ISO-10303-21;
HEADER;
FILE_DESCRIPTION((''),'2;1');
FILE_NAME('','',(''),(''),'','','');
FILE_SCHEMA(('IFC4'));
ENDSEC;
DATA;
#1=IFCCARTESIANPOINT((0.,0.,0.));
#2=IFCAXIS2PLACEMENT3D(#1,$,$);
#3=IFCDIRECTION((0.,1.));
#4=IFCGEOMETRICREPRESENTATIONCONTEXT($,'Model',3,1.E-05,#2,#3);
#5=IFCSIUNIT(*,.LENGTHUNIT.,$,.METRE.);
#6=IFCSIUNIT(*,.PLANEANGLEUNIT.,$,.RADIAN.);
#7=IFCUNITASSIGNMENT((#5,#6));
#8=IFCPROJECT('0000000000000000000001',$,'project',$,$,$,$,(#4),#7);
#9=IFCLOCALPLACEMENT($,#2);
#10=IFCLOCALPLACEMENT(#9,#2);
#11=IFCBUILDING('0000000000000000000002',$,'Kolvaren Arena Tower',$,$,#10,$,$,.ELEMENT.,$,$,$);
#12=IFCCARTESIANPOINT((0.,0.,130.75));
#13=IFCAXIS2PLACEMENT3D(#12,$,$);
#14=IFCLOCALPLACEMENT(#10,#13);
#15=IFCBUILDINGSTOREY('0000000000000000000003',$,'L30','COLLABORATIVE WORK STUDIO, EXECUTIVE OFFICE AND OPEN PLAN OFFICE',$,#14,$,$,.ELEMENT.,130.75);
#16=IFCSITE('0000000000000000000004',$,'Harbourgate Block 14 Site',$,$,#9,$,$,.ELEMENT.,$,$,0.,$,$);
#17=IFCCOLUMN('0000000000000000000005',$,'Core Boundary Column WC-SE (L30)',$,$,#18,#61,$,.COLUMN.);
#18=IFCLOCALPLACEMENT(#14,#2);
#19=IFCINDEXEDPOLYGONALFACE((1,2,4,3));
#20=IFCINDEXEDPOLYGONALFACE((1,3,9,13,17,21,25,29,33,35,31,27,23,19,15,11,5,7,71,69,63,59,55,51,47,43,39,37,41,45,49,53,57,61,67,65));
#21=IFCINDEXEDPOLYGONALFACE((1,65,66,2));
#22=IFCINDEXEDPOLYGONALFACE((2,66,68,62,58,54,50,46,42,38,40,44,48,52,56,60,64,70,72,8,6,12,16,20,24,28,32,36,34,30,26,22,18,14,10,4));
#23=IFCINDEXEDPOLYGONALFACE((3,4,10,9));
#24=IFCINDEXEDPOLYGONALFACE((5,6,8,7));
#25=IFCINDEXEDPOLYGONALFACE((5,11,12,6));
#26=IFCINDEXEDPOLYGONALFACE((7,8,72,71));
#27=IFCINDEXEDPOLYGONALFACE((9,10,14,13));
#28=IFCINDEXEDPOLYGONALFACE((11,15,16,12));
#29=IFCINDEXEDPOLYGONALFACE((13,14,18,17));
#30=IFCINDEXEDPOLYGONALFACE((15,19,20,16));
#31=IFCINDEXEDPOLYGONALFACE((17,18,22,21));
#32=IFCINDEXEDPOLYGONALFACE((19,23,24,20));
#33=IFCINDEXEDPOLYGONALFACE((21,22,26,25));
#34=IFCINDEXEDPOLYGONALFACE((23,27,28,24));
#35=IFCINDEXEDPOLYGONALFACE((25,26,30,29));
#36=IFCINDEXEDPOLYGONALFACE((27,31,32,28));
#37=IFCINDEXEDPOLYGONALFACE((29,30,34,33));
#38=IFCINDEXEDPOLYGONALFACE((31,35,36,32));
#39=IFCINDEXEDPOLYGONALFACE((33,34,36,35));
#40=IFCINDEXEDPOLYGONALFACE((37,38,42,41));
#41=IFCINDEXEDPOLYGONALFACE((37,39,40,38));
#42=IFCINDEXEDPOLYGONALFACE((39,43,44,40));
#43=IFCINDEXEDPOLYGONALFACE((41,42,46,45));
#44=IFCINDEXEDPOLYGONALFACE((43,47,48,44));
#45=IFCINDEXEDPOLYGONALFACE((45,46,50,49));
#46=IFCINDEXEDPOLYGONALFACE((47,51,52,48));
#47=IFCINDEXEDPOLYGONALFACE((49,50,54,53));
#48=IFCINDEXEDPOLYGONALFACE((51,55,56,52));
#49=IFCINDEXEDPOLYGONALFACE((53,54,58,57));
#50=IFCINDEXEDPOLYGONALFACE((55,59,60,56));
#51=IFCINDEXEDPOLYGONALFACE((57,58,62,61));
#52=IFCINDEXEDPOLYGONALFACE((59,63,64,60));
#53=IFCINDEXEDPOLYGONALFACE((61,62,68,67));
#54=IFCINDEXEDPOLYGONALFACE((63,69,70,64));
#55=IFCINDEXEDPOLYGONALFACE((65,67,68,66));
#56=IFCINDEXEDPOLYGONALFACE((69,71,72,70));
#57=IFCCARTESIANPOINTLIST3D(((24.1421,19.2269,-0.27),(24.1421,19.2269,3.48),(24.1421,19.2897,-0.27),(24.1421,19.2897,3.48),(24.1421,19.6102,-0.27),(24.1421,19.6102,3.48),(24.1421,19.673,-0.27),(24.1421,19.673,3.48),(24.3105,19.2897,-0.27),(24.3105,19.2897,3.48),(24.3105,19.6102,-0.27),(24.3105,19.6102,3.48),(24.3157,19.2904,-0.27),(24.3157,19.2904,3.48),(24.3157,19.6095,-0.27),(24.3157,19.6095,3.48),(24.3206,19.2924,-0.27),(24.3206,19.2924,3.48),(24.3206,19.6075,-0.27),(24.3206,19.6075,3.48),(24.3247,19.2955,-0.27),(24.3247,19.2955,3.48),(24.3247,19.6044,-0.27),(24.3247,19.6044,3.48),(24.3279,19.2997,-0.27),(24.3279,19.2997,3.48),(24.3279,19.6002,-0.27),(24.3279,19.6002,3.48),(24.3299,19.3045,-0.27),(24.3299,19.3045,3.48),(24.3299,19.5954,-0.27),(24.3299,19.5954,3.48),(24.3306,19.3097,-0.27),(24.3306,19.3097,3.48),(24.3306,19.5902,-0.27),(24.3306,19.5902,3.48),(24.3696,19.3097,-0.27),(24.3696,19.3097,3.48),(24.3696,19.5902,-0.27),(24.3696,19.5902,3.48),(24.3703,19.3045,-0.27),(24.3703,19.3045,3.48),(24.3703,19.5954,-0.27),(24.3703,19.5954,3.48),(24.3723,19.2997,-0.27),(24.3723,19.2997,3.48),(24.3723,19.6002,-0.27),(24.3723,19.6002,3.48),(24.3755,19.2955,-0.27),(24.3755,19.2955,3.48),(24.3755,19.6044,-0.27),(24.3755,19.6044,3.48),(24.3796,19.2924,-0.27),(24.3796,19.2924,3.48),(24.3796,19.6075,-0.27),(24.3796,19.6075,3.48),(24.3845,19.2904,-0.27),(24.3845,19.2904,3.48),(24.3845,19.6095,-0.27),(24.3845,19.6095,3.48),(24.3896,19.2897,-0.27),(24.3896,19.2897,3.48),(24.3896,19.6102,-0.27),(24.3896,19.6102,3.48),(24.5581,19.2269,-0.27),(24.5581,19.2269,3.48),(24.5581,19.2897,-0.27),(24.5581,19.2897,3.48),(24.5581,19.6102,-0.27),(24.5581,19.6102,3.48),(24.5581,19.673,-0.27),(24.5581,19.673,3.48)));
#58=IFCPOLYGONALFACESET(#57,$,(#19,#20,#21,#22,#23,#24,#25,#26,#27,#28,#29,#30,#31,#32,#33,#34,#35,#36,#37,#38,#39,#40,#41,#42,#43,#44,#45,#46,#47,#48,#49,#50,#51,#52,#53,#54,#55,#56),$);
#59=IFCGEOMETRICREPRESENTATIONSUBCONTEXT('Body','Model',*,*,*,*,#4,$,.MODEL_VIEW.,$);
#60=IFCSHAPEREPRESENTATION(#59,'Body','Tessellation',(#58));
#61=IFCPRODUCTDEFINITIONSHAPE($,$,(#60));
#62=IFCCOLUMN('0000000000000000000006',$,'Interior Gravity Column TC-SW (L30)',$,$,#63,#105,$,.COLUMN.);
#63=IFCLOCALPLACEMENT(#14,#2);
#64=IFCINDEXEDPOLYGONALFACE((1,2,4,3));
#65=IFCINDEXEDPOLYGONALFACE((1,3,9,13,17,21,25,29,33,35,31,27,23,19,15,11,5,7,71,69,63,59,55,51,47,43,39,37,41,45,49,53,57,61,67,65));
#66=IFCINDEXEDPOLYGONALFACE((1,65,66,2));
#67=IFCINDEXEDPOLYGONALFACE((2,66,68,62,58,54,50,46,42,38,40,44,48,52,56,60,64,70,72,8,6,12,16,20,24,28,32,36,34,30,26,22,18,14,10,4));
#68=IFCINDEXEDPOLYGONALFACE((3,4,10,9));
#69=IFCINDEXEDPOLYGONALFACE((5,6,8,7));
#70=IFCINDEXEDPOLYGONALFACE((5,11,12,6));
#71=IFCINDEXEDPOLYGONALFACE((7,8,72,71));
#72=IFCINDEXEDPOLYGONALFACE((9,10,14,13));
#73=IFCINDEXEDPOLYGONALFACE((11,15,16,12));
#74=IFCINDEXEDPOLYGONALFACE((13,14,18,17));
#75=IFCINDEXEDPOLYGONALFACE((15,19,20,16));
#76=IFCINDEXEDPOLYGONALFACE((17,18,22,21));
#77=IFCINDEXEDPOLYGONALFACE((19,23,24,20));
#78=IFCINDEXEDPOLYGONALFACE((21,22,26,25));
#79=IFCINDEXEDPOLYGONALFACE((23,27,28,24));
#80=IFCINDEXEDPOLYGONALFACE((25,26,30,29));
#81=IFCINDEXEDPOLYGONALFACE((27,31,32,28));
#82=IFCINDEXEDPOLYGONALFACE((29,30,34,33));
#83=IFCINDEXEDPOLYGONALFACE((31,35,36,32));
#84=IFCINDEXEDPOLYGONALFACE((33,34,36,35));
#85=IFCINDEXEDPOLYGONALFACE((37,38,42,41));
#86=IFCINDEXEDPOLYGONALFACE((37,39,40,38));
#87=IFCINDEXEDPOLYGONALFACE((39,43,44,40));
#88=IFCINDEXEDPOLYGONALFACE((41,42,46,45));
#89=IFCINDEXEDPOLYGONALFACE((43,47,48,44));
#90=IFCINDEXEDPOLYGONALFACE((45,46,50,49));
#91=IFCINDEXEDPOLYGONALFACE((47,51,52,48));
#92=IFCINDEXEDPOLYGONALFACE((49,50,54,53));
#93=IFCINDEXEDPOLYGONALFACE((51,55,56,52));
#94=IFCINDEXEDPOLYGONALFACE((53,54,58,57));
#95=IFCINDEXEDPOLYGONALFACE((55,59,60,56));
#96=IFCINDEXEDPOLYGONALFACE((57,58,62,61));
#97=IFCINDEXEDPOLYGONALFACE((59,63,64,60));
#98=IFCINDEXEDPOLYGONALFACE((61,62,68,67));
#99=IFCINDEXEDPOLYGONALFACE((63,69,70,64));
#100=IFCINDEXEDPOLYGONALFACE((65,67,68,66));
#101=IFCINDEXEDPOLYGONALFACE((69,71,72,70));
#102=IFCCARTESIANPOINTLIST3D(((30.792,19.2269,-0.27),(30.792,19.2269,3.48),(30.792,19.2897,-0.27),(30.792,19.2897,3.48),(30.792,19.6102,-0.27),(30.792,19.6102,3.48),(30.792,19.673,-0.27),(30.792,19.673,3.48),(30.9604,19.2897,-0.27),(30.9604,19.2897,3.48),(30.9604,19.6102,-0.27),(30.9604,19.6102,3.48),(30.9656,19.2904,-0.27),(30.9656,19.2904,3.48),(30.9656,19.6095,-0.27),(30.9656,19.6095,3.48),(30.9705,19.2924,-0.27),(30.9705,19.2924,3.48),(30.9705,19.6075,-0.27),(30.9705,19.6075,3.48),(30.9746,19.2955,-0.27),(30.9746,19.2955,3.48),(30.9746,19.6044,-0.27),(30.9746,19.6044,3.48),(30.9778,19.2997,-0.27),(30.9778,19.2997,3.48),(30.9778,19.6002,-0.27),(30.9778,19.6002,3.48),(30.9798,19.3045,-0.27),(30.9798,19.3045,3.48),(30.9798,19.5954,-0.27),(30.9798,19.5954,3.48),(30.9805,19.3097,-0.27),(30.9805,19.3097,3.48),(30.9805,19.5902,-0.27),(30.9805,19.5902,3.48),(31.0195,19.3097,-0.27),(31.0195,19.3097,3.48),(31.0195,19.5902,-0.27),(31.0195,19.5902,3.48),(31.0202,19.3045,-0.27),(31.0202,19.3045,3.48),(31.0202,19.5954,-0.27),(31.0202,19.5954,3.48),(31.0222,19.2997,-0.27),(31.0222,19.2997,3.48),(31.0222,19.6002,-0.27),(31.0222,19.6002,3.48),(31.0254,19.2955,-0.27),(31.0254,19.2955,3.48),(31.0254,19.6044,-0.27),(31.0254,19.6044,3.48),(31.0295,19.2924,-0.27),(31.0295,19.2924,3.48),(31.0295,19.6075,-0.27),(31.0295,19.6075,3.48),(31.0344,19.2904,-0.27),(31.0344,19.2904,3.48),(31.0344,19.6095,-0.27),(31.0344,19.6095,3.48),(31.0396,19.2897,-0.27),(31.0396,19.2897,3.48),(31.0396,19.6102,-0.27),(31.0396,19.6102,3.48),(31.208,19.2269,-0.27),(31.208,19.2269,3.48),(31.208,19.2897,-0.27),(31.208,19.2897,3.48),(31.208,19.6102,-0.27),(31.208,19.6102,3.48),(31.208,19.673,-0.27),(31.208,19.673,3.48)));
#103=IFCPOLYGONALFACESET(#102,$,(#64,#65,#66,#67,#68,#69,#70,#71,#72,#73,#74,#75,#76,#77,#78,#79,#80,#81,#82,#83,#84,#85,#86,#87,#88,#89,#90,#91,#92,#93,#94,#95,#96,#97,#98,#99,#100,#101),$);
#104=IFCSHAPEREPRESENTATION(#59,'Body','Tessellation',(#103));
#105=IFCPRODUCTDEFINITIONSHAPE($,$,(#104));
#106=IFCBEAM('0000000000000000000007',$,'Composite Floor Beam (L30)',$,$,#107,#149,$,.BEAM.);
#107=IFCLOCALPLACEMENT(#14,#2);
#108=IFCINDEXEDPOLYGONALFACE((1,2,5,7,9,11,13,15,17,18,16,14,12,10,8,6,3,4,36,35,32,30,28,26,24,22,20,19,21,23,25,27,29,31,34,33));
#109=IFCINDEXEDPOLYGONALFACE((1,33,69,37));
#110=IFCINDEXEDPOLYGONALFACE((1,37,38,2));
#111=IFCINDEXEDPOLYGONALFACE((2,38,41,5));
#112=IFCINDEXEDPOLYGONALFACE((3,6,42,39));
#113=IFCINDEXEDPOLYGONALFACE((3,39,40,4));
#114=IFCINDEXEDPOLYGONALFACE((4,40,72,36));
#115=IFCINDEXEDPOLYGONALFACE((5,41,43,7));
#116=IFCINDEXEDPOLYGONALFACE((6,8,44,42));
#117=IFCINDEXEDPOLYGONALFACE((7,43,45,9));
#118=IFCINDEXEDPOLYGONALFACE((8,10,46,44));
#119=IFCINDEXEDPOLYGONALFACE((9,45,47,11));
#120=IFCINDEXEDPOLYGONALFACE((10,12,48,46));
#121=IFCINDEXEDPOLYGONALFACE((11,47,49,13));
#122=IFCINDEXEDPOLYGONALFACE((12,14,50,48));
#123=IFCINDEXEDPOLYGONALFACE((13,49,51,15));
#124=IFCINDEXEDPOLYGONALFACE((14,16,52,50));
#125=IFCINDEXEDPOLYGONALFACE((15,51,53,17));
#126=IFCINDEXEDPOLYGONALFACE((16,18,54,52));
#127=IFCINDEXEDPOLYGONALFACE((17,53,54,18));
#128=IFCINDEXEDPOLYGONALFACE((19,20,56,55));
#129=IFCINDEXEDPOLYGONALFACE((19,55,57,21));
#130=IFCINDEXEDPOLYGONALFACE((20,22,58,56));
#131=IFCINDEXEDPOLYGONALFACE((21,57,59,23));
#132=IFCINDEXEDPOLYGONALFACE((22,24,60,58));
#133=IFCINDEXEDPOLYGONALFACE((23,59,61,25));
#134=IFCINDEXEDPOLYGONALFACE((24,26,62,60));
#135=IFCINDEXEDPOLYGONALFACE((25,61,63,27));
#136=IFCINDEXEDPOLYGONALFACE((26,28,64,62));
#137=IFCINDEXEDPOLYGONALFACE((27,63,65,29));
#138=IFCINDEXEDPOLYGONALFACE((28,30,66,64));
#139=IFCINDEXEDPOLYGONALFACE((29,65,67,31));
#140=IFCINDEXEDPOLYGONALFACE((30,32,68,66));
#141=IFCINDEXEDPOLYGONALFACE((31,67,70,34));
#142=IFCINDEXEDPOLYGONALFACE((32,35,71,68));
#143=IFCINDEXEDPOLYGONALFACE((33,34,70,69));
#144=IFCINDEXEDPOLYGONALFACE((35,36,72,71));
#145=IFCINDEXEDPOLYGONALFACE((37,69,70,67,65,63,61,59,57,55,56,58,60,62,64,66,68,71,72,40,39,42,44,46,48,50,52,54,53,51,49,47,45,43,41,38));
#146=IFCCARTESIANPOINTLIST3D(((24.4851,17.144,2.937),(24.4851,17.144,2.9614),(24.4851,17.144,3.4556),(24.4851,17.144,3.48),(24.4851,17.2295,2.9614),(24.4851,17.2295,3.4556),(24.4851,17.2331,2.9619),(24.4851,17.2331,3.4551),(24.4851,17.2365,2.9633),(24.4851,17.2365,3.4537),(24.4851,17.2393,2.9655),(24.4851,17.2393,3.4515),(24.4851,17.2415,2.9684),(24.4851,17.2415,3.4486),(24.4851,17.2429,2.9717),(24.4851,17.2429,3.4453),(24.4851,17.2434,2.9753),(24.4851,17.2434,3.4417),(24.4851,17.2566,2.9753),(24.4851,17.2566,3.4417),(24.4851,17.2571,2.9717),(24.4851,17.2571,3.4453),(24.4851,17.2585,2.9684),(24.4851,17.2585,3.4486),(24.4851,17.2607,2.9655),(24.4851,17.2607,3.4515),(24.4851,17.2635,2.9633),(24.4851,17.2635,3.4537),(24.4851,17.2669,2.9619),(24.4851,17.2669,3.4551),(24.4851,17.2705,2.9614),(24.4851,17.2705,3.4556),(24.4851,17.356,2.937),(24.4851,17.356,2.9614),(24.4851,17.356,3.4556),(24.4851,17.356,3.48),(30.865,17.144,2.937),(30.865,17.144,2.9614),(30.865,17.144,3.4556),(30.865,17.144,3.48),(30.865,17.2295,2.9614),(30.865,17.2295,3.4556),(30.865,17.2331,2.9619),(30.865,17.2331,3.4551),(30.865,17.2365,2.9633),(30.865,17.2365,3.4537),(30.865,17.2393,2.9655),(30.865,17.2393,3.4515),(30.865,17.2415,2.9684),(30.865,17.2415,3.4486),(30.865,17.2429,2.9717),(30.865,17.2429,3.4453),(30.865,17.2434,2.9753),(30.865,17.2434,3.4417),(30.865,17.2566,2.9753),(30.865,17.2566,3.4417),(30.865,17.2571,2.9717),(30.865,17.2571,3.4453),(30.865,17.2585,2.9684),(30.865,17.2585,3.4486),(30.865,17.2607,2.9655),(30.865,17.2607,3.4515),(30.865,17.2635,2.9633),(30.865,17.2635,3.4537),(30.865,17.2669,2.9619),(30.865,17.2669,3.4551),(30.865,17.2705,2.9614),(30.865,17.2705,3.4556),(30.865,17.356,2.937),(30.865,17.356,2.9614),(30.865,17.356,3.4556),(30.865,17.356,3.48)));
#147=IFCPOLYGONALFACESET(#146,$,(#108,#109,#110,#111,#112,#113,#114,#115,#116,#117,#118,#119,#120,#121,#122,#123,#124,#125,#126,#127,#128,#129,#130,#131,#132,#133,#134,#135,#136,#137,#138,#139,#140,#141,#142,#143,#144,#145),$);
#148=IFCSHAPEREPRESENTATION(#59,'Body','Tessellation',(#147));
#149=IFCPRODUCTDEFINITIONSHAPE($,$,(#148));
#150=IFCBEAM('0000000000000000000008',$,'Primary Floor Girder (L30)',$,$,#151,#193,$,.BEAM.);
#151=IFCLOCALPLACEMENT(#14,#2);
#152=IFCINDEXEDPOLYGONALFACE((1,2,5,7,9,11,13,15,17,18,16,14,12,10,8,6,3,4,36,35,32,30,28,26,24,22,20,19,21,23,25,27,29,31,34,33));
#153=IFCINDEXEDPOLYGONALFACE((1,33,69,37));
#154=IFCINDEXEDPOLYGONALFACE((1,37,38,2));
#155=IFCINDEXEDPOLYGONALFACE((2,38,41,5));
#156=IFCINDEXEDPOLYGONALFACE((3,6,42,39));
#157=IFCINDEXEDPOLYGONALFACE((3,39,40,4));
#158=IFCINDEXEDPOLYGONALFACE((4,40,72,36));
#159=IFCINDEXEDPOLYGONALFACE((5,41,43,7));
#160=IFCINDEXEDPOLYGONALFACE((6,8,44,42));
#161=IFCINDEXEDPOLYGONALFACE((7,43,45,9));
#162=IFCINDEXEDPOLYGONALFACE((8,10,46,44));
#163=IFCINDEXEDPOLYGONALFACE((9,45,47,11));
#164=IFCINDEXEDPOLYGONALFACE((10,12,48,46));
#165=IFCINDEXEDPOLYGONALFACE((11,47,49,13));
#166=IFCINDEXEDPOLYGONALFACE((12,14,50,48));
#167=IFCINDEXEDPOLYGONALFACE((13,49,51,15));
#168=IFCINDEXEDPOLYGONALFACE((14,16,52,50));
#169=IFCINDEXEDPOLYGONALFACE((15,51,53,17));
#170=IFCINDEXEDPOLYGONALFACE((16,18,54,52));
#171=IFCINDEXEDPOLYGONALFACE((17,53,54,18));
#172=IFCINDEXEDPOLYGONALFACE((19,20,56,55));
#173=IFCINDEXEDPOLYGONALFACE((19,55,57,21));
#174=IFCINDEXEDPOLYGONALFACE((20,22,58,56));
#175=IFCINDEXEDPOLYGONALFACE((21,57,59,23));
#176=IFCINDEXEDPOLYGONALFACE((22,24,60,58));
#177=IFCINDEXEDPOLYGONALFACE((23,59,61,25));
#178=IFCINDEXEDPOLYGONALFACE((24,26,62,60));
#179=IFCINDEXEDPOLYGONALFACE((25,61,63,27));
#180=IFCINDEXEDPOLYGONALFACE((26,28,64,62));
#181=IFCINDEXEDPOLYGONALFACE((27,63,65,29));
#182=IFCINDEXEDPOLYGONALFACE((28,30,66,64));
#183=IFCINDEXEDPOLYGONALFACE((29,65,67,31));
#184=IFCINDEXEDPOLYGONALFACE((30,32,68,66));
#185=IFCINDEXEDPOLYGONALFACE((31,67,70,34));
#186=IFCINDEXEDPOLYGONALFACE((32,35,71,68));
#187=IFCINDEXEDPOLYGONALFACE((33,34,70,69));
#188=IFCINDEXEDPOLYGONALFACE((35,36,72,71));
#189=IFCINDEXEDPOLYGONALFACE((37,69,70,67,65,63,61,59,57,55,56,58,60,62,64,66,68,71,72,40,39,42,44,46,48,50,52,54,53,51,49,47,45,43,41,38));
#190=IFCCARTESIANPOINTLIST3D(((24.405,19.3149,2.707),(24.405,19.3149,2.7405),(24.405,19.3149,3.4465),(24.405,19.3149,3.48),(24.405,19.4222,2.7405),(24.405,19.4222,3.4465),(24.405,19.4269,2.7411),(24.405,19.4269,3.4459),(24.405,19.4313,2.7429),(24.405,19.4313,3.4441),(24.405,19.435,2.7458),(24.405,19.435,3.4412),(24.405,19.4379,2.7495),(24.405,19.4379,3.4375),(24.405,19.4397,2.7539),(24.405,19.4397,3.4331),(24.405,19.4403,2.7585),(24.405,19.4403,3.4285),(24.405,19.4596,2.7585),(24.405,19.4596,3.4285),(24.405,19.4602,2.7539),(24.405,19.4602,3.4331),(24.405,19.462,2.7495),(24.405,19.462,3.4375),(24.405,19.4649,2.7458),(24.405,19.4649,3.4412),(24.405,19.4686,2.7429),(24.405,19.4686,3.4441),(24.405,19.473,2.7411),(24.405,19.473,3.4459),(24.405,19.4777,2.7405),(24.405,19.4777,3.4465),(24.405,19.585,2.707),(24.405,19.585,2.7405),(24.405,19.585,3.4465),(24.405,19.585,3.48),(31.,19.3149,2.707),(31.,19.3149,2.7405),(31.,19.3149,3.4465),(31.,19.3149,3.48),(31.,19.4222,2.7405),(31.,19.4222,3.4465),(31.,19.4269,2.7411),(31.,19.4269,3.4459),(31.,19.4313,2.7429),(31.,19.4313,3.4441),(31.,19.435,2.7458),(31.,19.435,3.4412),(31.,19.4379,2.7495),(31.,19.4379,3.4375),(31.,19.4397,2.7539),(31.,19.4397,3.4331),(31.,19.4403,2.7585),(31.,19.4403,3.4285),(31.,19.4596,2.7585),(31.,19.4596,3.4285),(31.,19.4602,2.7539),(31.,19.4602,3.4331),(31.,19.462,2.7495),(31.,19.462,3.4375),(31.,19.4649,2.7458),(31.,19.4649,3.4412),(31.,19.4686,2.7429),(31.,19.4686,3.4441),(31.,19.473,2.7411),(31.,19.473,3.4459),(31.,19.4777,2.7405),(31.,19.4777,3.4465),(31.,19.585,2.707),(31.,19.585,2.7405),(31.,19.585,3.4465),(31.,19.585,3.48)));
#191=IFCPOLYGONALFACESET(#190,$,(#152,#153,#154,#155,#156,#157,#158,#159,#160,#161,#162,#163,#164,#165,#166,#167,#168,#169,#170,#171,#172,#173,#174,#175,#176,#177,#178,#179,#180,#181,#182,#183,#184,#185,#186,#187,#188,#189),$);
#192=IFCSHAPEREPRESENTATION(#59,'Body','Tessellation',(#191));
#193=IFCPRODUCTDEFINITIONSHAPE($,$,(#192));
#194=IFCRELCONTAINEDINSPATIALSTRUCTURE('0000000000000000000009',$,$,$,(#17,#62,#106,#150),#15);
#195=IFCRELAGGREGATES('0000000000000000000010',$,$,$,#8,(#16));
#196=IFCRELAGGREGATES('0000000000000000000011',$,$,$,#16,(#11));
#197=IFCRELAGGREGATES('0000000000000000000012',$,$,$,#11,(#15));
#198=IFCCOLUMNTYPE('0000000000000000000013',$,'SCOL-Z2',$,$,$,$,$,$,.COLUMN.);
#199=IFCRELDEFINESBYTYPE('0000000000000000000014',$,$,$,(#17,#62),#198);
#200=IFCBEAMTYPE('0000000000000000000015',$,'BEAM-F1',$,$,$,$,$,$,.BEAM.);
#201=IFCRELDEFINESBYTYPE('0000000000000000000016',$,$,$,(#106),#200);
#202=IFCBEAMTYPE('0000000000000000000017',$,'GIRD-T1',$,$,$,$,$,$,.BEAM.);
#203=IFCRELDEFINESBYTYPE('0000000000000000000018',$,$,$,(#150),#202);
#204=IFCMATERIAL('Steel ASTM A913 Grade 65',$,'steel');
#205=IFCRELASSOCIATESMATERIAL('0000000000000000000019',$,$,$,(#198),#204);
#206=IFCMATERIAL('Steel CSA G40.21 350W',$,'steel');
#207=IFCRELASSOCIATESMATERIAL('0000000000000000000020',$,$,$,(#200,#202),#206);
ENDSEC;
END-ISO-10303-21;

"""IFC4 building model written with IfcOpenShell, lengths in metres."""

from ifc_helpers import new_model, si_unit, direction, frame, origin, origin_2d, place, context, subcontext, project, spatial, i_section, extrude, material, material_profile, profile_set, type_object, element, save


model = new_model("IFC4")

# Units and contexts
model_context = context("Model", 3, precision=1e-05, world=origin(), true_north=direction((0.0, 1.0)))
body_context = subcontext(model_context, "Body", "Model", "MODEL_VIEW")
ifc_project = project(units=[si_unit("LENGTHUNIT", "METRE"), si_unit("PLANEANGLEUNIT", "RADIAN")], contexts=[model_context])

# Site, building, storey
site_placement = place(None, origin())
site = spatial("IfcSite", under=ifc_project, at=site_placement, Name="Harbourgate Block 14 Site", CompositionType="ELEMENT", RefElevation=0.0)
building_placement = place(site_placement, origin())
building = spatial("IfcBuilding", under=site, at=building_placement, Name="Kolvaren Arena Tower", CompositionType="ELEMENT")
storey_placement = place(building_placement, frame((0.0, 0.0, 130.75)))
storey = spatial("IfcBuildingStorey", under=building, at=storey_placement, Name="L30", Description="COLLABORATIVE WORK STUDIO, EXECUTIVE OFFICE AND OPEN PLAN OFFICE", CompositionType="ELEMENT", Elevation=130.75)

# Columns
ifc_material_1 = material(Name="Steel ASTM A913 Grade 65", Category="steel")
ifc_material_profile_1 = material_profile(ifc_material_1, i_section(OverallWidth=0.416, OverallDepth=0.446, WebThickness=0.0391, FlangeThickness=0.0627, FilletRadius=0.02, at=origin_2d()), Name="W360x509")
ifc_profile_set_1 = profile_set([ifc_material_profile_1], Name="Steel ASTM A913 Grade 65")
column_type = type_object("IfcColumnType", Name="SCOL-Z2", PredefinedType="COLUMN", material=ifc_profile_set_1)
for number, where, z_axis, x_axis, name in (
    (1, (24.3501, 19.45, -0.27), (0.0, 0.0, 1.0), (1.0, 0.0, 0.0), "Core Boundary Column WC-SE (L30)"),
    (2, (31.0, 19.45, -0.27), (0.0, 0.0, 1.0), (1.0, 0.0, 0.0), "Interior Gravity Column TC-SW (L30)"),
):
    element("IfcColumn", number, at=place(storey_placement, frame(where, z_axis=z_axis, x_axis=x_axis)), inside=storey, type_object=column_type, Name=name, PredefinedType="COLUMN", context=body_context, shape_type="SweptSolid", body=[
        extrude(i_section(OverallWidth=0.416, OverallDepth=0.446, WebThickness=0.0391, FlangeThickness=0.0627, FilletRadius=0.02, at=origin_2d()), origin(), (0.0, 0.0, 1.0), 3.75),
    ])

# Beams
ifc_material_2 = material(Name="Steel CSA G40.21 350W", Category="steel")
ifc_material_profile_2 = material_profile(ifc_material_2, i_section(OverallWidth=0.2119, OverallDepth=0.543, WebThickness=0.0132, FlangeThickness=0.0244, FilletRadius=0.0139, at=origin_2d()), Name="W530x150")
ifc_profile_set_2 = profile_set([ifc_material_profile_2], Name="Steel CSA G40.21 350W")
beam_type_1 = type_object("IfcBeamType", Name="BEAM-F1", PredefinedType="BEAM", material=ifc_profile_set_2)
beam_1_placement = place(storey_placement, frame((24.4851, 17.25, 3.2085), z_axis=(1.0, 0.0, 0.0), x_axis=(0.0, 1.0, 0.0)))
element("IfcBeam", 3, at=beam_1_placement, inside=storey, type_object=beam_type_1, Name="Composite Floor Beam (L30)", PredefinedType="BEAM", context=body_context, shape_type="SweptSolid", body=[
    extrude(i_section(OverallWidth=0.2119, OverallDepth=0.543, WebThickness=0.0132, FlangeThickness=0.0244, FilletRadius=0.0139, at=origin_2d()), origin(), (0.0, 0.0, 1.0), 6.3799),
])
ifc_material_profile_3 = material_profile(ifc_material_2, i_section(OverallWidth=0.27, OverallDepth=0.7729, WebThickness=0.0193, FlangeThickness=0.0334, FilletRadius=0.0181, at=origin_2d()), Name="W760x257")
ifc_profile_set_3 = profile_set([ifc_material_profile_3], Name="Steel CSA G40.21 350W")
beam_type_2 = type_object("IfcBeamType", Name="GIRD-T1", PredefinedType="BEAM", material=ifc_profile_set_3)
beam_2_placement = place(storey_placement, frame((24.405, 19.45, 3.0935), z_axis=(1.0, 0.0, 0.0), x_axis=(0.0, 1.0, 0.0)))
element("IfcBeam", 4, at=beam_2_placement, inside=storey, type_object=beam_type_2, Name="Primary Floor Girder (L30)", PredefinedType="BEAM", context=body_context, shape_type="SweptSolid", body=[
    extrude(i_section(OverallWidth=0.27, OverallDepth=0.7729, WebThickness=0.0193, FlangeThickness=0.0334, FilletRadius=0.0181, at=origin_2d()), origin(), (0.0, 0.0, 1.0), 6.595),
])

save(model, "model.ifc")
